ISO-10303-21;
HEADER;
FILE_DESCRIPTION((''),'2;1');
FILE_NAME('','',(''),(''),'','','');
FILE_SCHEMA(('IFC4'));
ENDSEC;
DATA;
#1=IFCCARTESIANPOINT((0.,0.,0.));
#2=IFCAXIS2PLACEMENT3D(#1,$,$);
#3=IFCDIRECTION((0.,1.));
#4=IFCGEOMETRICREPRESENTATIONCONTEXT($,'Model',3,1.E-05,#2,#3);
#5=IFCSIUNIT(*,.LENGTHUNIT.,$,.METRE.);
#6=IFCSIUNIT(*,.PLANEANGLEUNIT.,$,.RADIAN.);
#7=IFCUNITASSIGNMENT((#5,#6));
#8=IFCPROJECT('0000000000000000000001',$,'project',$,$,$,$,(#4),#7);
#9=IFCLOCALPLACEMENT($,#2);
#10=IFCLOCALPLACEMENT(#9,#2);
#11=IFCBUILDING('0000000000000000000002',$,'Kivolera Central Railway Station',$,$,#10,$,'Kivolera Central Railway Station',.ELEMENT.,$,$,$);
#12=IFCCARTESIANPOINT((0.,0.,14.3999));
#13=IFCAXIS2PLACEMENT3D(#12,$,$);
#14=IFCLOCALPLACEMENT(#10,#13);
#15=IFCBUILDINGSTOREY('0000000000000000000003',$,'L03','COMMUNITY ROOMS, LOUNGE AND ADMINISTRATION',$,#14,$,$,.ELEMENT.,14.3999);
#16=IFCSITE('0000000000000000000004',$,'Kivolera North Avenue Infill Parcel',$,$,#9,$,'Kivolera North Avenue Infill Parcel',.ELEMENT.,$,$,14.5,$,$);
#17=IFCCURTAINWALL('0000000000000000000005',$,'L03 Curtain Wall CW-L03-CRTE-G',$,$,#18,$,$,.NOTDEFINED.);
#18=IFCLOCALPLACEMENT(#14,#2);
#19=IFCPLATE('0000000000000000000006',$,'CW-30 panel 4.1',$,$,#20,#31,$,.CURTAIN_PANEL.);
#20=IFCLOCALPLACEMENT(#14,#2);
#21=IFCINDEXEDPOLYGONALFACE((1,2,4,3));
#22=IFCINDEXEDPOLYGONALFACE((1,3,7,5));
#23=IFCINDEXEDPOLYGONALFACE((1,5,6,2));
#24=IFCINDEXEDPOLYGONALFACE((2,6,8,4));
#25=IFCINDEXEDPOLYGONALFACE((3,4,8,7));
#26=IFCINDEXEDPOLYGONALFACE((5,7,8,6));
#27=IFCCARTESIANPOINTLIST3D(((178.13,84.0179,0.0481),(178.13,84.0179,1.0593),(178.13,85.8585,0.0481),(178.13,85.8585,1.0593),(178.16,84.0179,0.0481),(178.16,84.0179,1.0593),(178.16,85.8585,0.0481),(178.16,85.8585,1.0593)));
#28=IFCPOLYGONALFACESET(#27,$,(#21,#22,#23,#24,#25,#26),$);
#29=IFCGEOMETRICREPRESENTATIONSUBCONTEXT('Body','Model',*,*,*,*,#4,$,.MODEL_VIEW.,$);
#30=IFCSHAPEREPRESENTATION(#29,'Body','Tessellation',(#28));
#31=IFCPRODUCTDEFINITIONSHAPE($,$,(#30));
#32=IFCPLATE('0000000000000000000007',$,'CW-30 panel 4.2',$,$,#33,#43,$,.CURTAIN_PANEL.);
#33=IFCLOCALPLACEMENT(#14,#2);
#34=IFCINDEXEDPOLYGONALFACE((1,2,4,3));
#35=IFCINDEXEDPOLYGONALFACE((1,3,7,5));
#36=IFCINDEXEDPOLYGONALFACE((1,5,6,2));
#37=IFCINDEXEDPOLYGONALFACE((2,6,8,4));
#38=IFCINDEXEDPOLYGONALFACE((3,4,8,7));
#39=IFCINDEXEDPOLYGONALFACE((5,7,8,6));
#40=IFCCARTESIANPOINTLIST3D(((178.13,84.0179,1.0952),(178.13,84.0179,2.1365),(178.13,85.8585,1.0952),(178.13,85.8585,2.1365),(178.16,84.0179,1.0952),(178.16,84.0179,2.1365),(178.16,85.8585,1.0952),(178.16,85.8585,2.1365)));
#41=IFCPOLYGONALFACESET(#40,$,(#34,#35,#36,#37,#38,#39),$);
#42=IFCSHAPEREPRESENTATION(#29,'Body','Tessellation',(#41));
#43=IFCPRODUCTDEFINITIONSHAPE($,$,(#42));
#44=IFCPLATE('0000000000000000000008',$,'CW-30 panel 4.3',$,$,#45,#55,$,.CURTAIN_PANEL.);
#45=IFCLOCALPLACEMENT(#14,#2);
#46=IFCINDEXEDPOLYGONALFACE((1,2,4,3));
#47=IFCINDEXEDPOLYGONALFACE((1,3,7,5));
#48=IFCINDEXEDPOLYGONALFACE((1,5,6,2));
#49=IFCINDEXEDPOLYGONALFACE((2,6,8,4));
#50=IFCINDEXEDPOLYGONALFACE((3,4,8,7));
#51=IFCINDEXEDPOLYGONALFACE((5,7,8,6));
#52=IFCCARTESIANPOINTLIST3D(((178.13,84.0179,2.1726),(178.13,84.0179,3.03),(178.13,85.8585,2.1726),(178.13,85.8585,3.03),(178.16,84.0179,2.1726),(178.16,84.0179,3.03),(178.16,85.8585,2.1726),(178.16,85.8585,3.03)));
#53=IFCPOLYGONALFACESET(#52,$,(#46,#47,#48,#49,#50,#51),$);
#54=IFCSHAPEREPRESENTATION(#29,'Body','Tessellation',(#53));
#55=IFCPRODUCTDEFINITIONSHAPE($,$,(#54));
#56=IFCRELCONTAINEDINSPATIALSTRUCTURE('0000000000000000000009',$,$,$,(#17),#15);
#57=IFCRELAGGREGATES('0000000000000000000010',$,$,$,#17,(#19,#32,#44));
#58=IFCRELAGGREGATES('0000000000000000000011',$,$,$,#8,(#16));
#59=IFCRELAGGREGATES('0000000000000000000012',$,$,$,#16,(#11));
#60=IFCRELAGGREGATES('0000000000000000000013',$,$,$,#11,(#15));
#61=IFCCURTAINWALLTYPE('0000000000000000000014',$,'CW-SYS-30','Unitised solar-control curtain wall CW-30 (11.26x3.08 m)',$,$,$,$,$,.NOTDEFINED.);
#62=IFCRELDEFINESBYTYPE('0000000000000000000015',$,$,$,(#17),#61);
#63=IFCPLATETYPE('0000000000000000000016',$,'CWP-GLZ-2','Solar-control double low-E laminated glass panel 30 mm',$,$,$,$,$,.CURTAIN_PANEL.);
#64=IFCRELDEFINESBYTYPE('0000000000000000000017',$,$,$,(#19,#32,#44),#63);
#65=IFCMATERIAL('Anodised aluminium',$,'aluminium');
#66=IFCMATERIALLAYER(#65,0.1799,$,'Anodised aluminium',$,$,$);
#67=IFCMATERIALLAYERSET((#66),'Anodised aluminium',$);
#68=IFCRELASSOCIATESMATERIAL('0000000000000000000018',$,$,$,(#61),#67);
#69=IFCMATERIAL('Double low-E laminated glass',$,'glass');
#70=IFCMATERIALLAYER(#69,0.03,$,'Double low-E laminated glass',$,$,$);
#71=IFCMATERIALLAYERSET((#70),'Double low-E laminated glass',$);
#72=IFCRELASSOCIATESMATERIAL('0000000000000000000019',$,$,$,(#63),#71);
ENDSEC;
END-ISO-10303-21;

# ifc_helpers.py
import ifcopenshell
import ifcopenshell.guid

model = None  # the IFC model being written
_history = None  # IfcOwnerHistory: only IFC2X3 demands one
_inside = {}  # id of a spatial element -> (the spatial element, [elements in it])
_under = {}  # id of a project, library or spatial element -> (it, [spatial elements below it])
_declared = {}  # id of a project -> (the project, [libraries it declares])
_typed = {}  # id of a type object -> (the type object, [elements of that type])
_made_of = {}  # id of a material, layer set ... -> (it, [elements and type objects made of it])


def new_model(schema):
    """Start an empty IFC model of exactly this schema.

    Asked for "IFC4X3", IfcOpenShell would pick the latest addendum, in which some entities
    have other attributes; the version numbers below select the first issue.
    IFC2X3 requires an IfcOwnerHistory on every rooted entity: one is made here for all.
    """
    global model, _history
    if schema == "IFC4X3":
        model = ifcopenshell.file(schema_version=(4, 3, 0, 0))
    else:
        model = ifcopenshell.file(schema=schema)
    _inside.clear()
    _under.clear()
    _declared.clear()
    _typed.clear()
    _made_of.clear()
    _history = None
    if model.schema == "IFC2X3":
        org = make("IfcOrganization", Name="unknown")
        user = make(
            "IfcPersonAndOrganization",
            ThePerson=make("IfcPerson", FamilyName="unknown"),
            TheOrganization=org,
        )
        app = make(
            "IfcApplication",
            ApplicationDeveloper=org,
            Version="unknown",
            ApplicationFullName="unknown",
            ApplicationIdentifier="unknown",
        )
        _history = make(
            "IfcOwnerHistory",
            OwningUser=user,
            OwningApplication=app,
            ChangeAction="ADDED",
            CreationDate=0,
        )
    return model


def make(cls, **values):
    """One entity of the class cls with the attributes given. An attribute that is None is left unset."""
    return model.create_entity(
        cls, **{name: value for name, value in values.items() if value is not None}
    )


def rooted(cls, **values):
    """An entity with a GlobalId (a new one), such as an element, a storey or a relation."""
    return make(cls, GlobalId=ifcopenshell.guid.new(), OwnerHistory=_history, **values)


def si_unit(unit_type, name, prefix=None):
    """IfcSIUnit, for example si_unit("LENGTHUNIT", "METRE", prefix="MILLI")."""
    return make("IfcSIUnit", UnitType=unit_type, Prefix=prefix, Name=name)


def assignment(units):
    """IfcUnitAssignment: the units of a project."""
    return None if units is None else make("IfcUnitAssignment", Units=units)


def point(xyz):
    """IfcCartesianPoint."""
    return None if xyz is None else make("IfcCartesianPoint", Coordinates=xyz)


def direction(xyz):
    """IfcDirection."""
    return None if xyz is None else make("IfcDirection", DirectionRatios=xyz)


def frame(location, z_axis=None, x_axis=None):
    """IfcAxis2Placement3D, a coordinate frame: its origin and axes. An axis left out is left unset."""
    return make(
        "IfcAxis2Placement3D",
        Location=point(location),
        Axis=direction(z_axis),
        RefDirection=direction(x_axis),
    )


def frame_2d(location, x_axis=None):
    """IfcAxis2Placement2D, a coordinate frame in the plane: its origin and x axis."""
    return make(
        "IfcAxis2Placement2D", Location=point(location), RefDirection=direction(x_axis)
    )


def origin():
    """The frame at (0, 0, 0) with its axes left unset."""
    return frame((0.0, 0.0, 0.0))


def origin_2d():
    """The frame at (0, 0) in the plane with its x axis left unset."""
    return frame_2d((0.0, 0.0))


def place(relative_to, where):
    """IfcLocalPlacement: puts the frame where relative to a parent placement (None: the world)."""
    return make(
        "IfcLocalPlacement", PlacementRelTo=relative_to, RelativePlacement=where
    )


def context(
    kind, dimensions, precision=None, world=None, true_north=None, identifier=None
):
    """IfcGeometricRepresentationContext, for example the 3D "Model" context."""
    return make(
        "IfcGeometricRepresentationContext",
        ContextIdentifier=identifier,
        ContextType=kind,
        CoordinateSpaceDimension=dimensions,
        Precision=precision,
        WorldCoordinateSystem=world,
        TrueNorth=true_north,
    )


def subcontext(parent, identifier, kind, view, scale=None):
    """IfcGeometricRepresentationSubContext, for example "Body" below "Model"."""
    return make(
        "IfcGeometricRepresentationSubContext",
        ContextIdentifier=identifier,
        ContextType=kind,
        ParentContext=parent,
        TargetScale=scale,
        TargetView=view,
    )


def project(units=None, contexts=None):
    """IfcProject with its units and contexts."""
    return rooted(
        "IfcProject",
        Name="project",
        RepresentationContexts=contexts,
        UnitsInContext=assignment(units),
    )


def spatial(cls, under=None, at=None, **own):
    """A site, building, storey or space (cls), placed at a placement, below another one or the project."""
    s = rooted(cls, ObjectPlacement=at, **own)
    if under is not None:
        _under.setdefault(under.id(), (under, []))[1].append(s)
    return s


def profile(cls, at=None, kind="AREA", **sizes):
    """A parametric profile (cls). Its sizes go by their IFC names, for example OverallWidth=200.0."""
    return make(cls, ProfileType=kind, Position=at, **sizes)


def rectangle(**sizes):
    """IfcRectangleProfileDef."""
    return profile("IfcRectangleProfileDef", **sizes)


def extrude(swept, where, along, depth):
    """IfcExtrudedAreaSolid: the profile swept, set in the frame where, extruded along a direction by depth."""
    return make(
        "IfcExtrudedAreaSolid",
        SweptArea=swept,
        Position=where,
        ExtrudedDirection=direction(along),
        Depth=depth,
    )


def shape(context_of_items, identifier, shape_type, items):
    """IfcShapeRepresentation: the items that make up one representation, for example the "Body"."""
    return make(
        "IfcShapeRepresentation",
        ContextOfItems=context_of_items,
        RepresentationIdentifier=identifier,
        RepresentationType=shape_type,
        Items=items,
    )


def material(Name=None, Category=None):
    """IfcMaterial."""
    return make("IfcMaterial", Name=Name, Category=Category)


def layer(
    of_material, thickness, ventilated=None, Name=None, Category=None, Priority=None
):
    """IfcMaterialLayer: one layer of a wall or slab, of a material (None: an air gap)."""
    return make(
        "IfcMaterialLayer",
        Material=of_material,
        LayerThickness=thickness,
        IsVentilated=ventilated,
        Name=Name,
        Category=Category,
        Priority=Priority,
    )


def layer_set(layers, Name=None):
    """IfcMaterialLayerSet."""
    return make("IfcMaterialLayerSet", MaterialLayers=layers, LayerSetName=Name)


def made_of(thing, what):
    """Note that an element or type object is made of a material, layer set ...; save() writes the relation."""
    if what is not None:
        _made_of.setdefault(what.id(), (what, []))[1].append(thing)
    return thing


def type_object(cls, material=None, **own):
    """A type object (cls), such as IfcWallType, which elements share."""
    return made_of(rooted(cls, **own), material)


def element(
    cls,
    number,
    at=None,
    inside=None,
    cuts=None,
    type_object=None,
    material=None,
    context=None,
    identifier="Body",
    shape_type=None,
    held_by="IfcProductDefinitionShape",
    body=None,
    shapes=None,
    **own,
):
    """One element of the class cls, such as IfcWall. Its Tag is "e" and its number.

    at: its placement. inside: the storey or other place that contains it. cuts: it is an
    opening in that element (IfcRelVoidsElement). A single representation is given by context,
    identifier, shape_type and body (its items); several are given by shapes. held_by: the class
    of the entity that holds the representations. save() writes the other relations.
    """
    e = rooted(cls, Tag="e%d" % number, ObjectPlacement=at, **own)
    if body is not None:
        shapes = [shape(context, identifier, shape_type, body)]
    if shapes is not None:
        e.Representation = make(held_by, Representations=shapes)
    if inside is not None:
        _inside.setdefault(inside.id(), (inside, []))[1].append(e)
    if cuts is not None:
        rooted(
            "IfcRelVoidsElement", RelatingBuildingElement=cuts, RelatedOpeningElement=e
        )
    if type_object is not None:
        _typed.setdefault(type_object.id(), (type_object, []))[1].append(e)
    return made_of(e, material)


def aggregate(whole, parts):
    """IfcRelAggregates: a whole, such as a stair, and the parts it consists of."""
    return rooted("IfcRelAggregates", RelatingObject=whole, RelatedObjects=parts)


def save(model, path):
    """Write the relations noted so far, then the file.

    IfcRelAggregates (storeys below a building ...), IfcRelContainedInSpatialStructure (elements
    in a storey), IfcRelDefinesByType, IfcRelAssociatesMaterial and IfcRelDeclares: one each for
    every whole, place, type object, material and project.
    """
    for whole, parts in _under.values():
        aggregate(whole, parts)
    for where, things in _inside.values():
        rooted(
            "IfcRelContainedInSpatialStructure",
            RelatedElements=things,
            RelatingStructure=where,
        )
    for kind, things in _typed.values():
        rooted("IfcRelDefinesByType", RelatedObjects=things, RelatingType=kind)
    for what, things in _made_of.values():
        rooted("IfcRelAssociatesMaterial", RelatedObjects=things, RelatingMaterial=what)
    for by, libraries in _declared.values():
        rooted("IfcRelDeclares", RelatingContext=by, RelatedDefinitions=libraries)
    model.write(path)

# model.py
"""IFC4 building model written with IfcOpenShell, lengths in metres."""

from ifc_helpers import new_model, si_unit, direction, frame, origin, origin_2d, place, context, subcontext, project, spatial, rectangle, extrude, material, layer, layer_set, type_object, element, aggregate, save


model = new_model("IFC4")

# Units and contexts
model_context = context("Model", 3, precision=1e-05, world=origin(), true_north=direction((0.0, 1.0)))
body_context = subcontext(model_context, "Body", "Model", "MODEL_VIEW")
ifc_project = project(units=[si_unit("LENGTHUNIT", "METRE"), si_unit("PLANEANGLEUNIT", "RADIAN")], contexts=[model_context])

# Site, building, storey
site_placement = place(None, origin())
site = spatial("IfcSite", under=ifc_project, at=site_placement, Name="Kivolera North Avenue Infill Parcel", LongName="Kivolera North Avenue Infill Parcel", CompositionType="ELEMENT", RefElevation=14.5)
building_placement = place(site_placement, origin())
building = spatial("IfcBuilding", under=site, at=building_placement, Name="Kivolera Central Railway Station", LongName="Kivolera Central Railway Station", CompositionType="ELEMENT")
storey_placement = place(building_placement, frame((0.0, 0.0, 14.3999)))
storey = spatial("IfcBuildingStorey", under=building, at=storey_placement, Name="L03", Description="COMMUNITY ROOMS, LOUNGE AND ADMINISTRATION", CompositionType="ELEMENT", Elevation=14.3999)

# Curtain wall, plates
ifc_material_1 = material(Name="Anodised aluminium", Category="aluminium")
ifc_layer_1 = layer(ifc_material_1, 0.1799, Name="Anodised aluminium")
ifc_layer_set_1 = layer_set([ifc_layer_1], Name="Anodised aluminium")
curtain_wall_type = type_object("IfcCurtainWallType", Name="CW-SYS-30", Description="Unitised solar-control curtain wall CW-30 (11.26x3.08 m)", PredefinedType="NOTDEFINED", material=ifc_layer_set_1)
curtain_wall_placement = place(storey_placement, origin())
curtain_wall = element("IfcCurtainWall", 1, at=curtain_wall_placement, inside=storey, type_object=curtain_wall_type, Name="L03 Curtain Wall CW-L03-CRTE-G", PredefinedType="NOTDEFINED")
ifc_material_2 = material(Name="Double low-E laminated glass", Category="glass")
ifc_layer_2 = layer(ifc_material_2, 0.03, Name="Double low-E laminated glass")
ifc_layer_set_2 = layer_set([ifc_layer_2], Name="Double low-E laminated glass")
plate_type = type_object("IfcPlateType", Name="CWP-GLZ-2", Description="Solar-control double low-E laminated glass panel 30 mm", PredefinedType="CURTAIN_PANEL", material=ifc_layer_set_2)
plate_1_placement = place(storey_placement, frame((178.145, 84.9382, 0.0481), z_axis=(0.0, 0.0, 1.0), x_axis=(0.0, 1.0, 0.0)))
plate_1 = element("IfcPlate", 2, at=plate_1_placement, type_object=plate_type, Name="CW-30 panel 4.1", PredefinedType="CURTAIN_PANEL", context=body_context, shape_type="SweptSolid", body=[
    extrude(rectangle(XDim=1.8406, YDim=0.03, at=origin_2d()), origin(), (0.0, 0.0, 1.0), 1.0112),
])
plate_2_placement = place(storey_placement, frame((178.145, 84.9382, 1.0952), z_axis=(0.0, 0.0, 1.0), x_axis=(0.0, 1.0, 0.0)))
plate_2 = element("IfcPlate", 3, at=plate_2_placement, type_object=plate_type, Name="CW-30 panel 4.2", PredefinedType="CURTAIN_PANEL", context=body_context, shape_type="SweptSolid", body=[
    extrude(rectangle(XDim=1.8406, YDim=0.03, at=origin_2d()), origin(), (0.0, 0.0, 1.0), 1.0413),
])
plate_3_placement = place(storey_placement, frame((178.145, 84.9382, 2.1726), z_axis=(0.0, 0.0, 1.0), x_axis=(0.0, 1.0, 0.0)))
plate_3 = element("IfcPlate", 4, at=plate_3_placement, type_object=plate_type, Name="CW-30 panel 4.3", PredefinedType="CURTAIN_PANEL", context=body_context, shape_type="SweptSolid", body=[
    extrude(rectangle(XDim=1.8406, YDim=0.03, at=origin_2d()), origin(), (0.0, 0.0, 1.0), 0.8574),
])
aggregate(curtain_wall, [plate_1, plate_2, plate_3])

save(model, "model.ifc")
